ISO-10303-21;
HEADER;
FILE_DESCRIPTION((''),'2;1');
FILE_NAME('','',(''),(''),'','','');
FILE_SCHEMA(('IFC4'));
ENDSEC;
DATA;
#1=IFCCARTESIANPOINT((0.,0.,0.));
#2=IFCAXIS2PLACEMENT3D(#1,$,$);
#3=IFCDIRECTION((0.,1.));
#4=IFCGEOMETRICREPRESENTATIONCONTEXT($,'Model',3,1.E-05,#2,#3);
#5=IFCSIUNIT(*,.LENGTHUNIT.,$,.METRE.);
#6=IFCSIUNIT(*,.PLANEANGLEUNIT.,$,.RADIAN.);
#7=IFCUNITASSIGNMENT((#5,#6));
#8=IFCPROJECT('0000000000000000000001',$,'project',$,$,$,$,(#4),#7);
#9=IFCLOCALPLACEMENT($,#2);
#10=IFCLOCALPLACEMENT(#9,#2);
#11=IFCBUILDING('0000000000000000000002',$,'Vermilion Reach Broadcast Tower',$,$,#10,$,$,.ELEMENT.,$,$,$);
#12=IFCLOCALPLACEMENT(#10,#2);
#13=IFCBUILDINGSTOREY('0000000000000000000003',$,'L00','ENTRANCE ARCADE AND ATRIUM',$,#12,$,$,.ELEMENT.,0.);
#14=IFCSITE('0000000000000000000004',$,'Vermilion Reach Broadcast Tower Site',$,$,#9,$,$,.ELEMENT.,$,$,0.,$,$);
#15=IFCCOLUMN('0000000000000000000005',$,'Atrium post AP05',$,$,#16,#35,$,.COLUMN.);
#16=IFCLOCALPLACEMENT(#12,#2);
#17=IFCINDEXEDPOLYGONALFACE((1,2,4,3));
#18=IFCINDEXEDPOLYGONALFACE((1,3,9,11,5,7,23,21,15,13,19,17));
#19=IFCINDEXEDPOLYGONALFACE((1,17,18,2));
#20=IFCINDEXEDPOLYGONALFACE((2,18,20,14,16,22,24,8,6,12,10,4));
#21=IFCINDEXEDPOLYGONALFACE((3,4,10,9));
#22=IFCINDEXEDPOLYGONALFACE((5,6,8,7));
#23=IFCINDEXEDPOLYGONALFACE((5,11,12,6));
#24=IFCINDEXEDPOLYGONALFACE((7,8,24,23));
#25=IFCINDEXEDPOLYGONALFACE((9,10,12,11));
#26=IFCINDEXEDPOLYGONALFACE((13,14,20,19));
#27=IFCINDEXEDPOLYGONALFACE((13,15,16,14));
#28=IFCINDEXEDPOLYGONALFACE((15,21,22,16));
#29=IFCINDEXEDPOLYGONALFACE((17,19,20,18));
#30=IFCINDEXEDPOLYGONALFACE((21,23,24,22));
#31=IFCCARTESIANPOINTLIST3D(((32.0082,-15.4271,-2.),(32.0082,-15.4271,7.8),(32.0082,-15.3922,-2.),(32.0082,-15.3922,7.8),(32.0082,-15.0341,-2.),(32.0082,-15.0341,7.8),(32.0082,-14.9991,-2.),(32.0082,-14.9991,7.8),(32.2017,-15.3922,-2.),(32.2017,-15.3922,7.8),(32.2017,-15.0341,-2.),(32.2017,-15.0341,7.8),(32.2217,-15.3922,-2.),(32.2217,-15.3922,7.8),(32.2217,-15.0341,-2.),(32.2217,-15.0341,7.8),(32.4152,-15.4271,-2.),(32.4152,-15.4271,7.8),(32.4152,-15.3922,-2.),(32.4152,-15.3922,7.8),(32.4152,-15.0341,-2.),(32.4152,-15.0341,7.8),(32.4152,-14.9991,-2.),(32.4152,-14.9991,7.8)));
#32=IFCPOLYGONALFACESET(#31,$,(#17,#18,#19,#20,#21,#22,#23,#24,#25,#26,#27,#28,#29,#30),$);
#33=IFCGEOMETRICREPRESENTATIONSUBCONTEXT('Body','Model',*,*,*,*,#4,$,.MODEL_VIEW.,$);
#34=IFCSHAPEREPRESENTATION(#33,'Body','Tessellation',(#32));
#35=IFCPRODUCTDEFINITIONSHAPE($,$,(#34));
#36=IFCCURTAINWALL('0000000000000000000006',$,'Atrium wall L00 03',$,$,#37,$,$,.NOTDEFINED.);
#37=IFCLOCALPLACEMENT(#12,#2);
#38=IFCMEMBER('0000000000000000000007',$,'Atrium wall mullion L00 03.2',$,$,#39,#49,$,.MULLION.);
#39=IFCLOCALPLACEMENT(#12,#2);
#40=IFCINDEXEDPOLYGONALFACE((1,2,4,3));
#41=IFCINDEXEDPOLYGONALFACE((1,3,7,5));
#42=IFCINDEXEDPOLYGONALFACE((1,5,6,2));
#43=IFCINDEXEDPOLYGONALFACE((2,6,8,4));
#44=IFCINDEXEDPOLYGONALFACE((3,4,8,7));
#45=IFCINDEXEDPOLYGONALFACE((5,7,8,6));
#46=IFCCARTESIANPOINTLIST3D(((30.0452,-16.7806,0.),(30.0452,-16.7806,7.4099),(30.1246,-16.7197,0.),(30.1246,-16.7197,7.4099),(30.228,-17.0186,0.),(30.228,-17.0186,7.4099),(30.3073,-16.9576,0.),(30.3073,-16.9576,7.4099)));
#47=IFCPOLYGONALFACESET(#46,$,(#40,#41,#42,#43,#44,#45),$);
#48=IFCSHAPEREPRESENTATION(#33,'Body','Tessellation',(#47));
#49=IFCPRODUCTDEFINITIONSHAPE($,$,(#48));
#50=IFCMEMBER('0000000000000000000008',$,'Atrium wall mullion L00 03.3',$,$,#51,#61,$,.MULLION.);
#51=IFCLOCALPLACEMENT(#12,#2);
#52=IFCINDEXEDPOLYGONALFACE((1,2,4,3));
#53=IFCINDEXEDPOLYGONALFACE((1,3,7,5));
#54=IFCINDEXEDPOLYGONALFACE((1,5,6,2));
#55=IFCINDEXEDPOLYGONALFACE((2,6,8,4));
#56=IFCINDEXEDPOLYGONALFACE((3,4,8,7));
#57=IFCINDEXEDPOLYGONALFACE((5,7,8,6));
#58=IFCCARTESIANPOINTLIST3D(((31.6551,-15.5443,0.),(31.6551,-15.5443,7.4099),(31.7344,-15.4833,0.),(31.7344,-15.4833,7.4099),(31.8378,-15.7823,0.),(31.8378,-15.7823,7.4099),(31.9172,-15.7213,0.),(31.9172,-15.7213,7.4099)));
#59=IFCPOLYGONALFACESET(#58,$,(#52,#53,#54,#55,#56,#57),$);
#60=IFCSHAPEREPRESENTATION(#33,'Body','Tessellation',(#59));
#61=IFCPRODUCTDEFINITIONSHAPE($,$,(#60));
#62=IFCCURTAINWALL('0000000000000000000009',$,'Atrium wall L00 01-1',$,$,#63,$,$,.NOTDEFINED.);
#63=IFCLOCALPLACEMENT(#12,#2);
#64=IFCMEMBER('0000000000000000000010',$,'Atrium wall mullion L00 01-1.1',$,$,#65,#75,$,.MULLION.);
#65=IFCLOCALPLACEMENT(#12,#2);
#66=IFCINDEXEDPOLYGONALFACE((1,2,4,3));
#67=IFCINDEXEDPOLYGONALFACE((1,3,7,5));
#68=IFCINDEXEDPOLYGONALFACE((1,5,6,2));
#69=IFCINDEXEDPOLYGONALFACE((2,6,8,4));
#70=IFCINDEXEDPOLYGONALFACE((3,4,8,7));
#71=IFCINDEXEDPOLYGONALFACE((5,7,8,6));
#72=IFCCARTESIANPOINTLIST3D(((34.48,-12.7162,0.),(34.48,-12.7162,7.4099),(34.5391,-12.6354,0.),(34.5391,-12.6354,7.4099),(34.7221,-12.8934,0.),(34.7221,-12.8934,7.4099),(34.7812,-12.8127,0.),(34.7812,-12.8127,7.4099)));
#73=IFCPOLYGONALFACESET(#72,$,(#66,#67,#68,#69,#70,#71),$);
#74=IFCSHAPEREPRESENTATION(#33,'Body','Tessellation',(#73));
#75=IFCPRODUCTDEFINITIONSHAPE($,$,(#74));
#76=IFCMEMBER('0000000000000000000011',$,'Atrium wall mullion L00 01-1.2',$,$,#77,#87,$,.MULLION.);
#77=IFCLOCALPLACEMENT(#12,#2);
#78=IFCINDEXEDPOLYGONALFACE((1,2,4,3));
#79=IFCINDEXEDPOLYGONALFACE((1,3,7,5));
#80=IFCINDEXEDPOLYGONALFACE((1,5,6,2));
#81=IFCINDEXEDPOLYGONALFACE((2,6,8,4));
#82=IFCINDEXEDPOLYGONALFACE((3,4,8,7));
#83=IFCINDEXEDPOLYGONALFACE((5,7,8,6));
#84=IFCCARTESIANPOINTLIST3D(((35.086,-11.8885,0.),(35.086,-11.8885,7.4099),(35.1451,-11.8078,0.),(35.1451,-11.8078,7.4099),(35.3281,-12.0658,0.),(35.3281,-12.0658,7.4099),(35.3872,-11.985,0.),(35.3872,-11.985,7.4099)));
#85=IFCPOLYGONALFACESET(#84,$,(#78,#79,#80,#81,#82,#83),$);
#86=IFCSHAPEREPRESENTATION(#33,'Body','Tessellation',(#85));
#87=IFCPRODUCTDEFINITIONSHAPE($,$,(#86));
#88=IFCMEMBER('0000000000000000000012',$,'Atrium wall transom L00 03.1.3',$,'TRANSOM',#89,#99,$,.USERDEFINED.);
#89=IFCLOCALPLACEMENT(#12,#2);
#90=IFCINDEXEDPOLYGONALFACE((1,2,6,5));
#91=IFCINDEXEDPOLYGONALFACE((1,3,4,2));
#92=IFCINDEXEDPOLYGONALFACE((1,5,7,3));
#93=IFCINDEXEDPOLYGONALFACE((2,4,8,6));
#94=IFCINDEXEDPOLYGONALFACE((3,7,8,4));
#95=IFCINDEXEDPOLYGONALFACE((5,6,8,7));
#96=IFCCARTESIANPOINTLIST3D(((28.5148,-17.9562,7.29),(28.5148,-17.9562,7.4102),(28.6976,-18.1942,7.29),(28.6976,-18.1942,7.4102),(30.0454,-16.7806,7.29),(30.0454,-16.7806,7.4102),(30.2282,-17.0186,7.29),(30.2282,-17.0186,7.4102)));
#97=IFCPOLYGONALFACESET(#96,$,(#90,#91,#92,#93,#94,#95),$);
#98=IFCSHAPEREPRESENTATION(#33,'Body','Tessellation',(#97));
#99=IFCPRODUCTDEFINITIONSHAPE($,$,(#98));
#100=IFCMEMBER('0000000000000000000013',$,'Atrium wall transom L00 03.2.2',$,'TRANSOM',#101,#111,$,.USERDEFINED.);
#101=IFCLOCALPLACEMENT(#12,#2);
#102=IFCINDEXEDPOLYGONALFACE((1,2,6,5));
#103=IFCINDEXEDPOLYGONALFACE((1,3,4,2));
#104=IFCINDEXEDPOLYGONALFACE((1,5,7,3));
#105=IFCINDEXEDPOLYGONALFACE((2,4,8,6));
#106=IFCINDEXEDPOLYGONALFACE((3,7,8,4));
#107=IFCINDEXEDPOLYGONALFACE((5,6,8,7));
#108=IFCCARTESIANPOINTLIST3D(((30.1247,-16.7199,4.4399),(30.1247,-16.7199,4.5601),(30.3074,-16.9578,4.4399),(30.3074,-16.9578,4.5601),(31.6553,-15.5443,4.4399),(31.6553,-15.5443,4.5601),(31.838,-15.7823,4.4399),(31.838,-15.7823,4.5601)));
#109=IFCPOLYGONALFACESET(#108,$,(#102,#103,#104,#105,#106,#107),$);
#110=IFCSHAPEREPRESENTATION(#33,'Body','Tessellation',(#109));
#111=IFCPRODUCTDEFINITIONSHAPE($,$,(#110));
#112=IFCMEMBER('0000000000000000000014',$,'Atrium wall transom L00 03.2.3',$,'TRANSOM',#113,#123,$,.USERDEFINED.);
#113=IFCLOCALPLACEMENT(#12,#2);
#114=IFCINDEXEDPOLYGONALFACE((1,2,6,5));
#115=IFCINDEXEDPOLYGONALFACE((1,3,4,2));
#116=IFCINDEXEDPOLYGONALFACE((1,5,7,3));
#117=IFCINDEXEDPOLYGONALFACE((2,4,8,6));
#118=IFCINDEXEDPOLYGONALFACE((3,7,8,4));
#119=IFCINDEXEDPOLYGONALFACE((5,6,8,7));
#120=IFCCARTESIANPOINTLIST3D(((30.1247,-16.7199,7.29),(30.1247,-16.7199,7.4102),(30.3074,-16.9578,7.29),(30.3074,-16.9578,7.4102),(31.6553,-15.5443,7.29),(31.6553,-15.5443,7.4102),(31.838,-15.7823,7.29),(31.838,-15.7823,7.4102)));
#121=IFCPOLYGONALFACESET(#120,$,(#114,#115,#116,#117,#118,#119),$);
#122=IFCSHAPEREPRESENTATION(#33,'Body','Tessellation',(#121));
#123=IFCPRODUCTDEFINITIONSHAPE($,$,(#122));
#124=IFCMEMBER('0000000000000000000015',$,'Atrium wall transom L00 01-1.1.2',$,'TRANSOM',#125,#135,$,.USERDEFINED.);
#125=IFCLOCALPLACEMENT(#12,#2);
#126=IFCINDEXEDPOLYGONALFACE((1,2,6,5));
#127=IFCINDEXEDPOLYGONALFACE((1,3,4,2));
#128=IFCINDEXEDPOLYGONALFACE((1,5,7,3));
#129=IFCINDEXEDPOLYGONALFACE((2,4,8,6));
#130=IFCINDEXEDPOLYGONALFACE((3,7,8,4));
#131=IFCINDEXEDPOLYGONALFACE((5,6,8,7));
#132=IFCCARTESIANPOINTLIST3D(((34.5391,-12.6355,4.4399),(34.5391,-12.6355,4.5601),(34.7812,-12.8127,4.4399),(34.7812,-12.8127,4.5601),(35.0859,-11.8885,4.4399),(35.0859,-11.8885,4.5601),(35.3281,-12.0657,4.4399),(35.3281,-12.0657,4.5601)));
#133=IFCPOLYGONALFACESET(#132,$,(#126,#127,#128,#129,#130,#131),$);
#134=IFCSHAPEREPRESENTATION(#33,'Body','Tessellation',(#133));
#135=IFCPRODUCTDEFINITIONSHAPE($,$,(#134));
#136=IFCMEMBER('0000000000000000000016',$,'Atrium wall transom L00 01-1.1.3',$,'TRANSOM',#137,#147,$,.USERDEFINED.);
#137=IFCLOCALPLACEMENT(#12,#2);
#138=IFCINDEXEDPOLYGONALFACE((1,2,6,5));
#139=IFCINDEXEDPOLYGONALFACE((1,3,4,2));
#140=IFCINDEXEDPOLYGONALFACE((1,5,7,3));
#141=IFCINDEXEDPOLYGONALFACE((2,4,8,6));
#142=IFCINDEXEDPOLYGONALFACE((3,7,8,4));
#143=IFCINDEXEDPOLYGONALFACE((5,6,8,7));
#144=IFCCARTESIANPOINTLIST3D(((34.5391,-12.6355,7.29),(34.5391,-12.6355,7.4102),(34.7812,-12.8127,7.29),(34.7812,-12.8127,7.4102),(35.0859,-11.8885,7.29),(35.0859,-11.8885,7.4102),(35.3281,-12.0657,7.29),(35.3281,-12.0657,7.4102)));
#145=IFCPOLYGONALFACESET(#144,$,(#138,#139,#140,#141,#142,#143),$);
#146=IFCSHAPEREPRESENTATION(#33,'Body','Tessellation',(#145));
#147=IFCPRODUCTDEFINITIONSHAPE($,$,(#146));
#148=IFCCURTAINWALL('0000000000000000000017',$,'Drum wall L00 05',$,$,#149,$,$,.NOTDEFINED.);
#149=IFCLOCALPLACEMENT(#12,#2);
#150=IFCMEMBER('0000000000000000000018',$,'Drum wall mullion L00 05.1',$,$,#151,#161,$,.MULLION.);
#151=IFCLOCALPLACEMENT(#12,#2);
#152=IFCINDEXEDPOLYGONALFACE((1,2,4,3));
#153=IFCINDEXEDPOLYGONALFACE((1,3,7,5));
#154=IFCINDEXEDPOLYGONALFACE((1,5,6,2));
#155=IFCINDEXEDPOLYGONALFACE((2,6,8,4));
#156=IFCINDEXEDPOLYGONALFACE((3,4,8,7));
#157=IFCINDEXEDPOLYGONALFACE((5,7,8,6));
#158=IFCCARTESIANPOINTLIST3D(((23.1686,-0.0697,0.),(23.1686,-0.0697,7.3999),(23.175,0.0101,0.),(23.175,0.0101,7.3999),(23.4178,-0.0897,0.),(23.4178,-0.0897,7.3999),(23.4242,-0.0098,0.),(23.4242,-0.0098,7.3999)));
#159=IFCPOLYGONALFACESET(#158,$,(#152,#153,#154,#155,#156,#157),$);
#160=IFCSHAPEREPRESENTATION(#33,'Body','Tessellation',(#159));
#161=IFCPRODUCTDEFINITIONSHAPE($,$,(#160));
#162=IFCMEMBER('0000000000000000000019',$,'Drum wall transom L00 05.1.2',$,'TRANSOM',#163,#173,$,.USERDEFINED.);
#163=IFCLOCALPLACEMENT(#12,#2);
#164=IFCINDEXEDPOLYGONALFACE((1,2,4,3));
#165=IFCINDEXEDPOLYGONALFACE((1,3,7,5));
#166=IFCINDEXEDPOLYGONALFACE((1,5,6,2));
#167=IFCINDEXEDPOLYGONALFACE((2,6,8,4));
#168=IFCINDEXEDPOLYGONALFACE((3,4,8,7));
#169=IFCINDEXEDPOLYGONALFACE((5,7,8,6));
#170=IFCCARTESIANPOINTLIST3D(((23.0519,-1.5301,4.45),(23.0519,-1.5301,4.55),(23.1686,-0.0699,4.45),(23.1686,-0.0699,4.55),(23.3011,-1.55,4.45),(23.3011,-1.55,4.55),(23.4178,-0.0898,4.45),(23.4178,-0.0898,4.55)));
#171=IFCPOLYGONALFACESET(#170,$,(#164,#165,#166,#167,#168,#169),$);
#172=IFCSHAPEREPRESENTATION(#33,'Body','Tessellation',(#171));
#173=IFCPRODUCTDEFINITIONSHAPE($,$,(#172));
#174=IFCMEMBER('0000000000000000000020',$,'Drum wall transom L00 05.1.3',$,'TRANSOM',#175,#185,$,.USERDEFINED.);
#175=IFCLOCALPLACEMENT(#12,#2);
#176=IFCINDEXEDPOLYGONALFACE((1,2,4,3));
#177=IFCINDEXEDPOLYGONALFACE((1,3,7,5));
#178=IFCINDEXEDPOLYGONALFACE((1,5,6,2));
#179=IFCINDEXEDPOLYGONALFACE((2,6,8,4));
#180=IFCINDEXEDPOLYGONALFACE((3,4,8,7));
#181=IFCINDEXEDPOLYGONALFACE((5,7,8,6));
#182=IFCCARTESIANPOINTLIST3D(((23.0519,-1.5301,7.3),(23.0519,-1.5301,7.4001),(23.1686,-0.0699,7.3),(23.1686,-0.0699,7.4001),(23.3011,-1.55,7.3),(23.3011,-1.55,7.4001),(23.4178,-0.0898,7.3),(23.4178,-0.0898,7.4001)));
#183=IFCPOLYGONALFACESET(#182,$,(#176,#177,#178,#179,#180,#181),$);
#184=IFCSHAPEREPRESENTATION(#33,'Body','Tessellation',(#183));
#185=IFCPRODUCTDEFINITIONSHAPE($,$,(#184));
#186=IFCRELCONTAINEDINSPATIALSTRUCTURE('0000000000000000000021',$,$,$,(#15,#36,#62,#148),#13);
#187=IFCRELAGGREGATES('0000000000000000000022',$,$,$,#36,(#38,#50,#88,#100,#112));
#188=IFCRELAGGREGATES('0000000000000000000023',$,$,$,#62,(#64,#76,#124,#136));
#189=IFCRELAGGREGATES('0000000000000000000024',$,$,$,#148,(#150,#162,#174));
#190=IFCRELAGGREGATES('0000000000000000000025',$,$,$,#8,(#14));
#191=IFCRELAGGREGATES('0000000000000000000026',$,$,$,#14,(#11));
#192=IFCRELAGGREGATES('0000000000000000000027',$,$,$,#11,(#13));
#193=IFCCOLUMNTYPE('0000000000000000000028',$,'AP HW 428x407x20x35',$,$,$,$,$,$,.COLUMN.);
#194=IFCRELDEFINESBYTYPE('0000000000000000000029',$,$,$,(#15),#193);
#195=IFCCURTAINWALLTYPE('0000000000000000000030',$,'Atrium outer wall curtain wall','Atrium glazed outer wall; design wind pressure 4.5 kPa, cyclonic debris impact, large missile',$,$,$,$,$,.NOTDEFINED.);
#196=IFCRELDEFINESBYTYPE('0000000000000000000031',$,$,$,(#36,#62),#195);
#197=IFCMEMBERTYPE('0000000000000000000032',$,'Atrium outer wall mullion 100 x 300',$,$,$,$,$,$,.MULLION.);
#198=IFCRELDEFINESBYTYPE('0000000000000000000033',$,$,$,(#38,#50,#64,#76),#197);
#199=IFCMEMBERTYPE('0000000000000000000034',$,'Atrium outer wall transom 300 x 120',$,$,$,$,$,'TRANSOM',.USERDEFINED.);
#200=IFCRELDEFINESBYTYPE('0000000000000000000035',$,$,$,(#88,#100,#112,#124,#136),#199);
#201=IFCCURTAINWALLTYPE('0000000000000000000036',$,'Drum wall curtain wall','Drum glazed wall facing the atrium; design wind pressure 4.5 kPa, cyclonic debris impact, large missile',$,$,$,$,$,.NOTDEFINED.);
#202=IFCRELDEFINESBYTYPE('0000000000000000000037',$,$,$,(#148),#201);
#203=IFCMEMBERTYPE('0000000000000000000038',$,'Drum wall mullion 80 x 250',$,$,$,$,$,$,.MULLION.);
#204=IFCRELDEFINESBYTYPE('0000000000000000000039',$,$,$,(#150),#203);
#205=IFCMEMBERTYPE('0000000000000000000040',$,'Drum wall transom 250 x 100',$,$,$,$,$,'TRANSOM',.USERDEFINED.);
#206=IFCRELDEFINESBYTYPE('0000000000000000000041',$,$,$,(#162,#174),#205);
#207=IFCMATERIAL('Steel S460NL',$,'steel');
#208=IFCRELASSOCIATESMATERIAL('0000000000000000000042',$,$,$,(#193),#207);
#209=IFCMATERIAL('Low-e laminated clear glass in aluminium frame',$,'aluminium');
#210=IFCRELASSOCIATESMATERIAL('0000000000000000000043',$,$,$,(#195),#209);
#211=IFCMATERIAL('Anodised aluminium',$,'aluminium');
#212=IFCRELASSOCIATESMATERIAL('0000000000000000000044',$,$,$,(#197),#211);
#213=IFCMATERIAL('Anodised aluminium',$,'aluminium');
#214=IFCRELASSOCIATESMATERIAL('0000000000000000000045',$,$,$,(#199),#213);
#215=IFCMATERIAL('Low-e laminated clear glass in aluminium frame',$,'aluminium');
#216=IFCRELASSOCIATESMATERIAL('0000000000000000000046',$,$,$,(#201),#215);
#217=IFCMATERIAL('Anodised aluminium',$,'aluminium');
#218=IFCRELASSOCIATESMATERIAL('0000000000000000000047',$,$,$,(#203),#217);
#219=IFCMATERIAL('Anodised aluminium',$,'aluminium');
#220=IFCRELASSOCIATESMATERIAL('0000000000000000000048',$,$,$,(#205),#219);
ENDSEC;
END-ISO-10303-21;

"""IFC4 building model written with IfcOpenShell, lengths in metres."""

from ifc_helpers import new_model, si_unit, direction, frame, origin, origin_2d, place, context, subcontext, project, spatial, rectangle, i_section, extrude, material, material_profile, profile_set, type_object, element, aggregate, save


model = new_model("IFC4")

# Units and contexts
model_context = context("Model", 3, precision=1e-05, world=origin(), true_north=direction((0.0, 1.0)))
body_context = subcontext(model_context, "Body", "Model", "MODEL_VIEW")
ifc_project = project(units=[si_unit("LENGTHUNIT", "METRE"), si_unit("PLANEANGLEUNIT", "RADIAN")], contexts=[model_context])

# Site, building, storey
site_placement = place(None, origin())
site = spatial("IfcSite", under=ifc_project, at=site_placement, Name="Vermilion Reach Broadcast Tower Site", CompositionType="ELEMENT", RefElevation=0.0)
building_placement = place(site_placement, origin())
building = spatial("IfcBuilding", under=site, at=building_placement, Name="Vermilion Reach Broadcast Tower", CompositionType="ELEMENT")
storey_placement = place(building_placement, origin())
storey = spatial("IfcBuildingStorey", under=building, at=storey_placement, Name="L00", Description="ENTRANCE ARCADE AND ATRIUM", CompositionType="ELEMENT", Elevation=0.0)

# Column
ifc_material_1 = material(Name="Steel S460NL", Category="steel")
ifc_material_profile_1 = material_profile(ifc_material_1, i_section(OverallWidth=0.407, OverallDepth=0.428, WebThickness=0.02, FlangeThickness=0.0349, at=origin_2d()), Name="S460NL HW 428x407x20x35")
ifc_profile_set_1 = profile_set([ifc_material_profile_1], Name="Steel S460NL")
column_type = type_object("IfcColumnType", Name="AP HW 428x407x20x35", PredefinedType="COLUMN", material=ifc_profile_set_1)
column_placement = place(storey_placement, frame((32.2117, -15.2131, -2.0), z_axis=(0.0, 0.0, 1.0), x_axis=(1.0, 0.0, 0.0)))
element("IfcColumn", 1, at=column_placement, inside=storey, type_object=column_type, Name="Atrium post AP05", PredefinedType="COLUMN", context=body_context, shape_type="SweptSolid", body=[
    extrude(i_section(OverallWidth=0.407, OverallDepth=0.428, WebThickness=0.02, FlangeThickness=0.0349, at=origin_2d()), origin(), (0.0, 0.0, 1.0), 9.8),
])

# Curtain walls, members
ifc_material_2 = material(Name="Low-e laminated clear glass in aluminium frame", Category="aluminium")
curtain_wall_type_1 = type_object("IfcCurtainWallType", Name="Atrium outer wall curtain wall", Description="Atrium glazed outer wall; design wind pressure 4.5 kPa, cyclonic debris impact, large missile", PredefinedType="NOTDEFINED", material=ifc_material_2)
placement = place(storey_placement, origin())
curtain_wall_1 = element("IfcCurtainWall", 2, at=placement, inside=storey, type_object=curtain_wall_type_1, Name="Atrium wall L00 03", PredefinedType="NOTDEFINED")
ifc_material_3 = material(Name="Anodised aluminium", Category="aluminium")
ifc_material_profile_2 = material_profile(ifc_material_3, rectangle(XDim=0.3, YDim=0.1001, at=origin_2d()), Name="Atrium outer wall mullion 100 x 300")
ifc_profile_set_2 = profile_set([ifc_material_profile_2], Name="Anodised aluminium")
member_type_1 = type_object("IfcMemberType", Name="Atrium outer wall mullion 100 x 300", PredefinedType="MULLION", material=ifc_profile_set_2)
member_1_placement = place(storey_placement, frame((30.1763, -16.8691, 0.0), z_axis=(0.0, 0.0, 1.0), x_axis=(-0.609114, 0.793083, 0.0)))
member_1 = element("IfcMember", 3, at=member_1_placement, type_object=member_type_1, Name="Atrium wall mullion L00 03.2", PredefinedType="MULLION", context=body_context, shape_type="SweptSolid", body=[
    extrude(rectangle(XDim=0.3, YDim=0.1001, at=origin_2d()), origin(), (0.0, 0.0, 1.0), 7.4099),
])
member_2_placement = place(storey_placement, frame((31.7861, -15.6328, 0.0), z_axis=(0.0, 0.0, 1.0), x_axis=(-0.609114, 0.793083, 0.0)))
member_2 = element("IfcMember", 4, at=member_2_placement, type_object=member_type_1, Name="Atrium wall mullion L00 03.3", PredefinedType="MULLION", context=body_context, shape_type="SweptSolid", body=[
    extrude(rectangle(XDim=0.3, YDim=0.1001, at=origin_2d()), origin(), (0.0, 0.0, 1.0), 7.4099),
])
curtain_wall_2 = element("IfcCurtainWall", 5, at=placement, inside=storey, type_object=curtain_wall_type_1, Name="Atrium wall L00 01-1", PredefinedType="NOTDEFINED")
member_3_placement = place(storey_placement, frame((34.6306, -12.7644, 0.0), z_axis=(0.0, 0.0, 1.0), x_axis=(-0.806847, 0.59076, 0.0)))
member_3 = element("IfcMember", 6, at=member_3_placement, type_object=member_type_1, Name="Atrium wall mullion L00 01-1.1", PredefinedType="MULLION", context=body_context, shape_type="SweptSolid", body=[
    extrude(rectangle(XDim=0.3, YDim=0.1001, at=origin_2d()), origin(), (0.0, 0.0, 1.0), 7.4099),
])
member_4_placement = place(storey_placement, frame((35.2366, -11.9368, 0.0), z_axis=(0.0, 0.0, 1.0), x_axis=(-0.806847, 0.59076, 0.0)))
member_4 = element("IfcMember", 7, at=member_4_placement, type_object=member_type_1, Name="Atrium wall mullion L00 01-1.2", PredefinedType="MULLION", context=body_context, shape_type="SweptSolid", body=[
    extrude(rectangle(XDim=0.3, YDim=0.1001, at=origin_2d()), origin(), (0.0, 0.0, 1.0), 7.4099),
])

# Members
ifc_material_4 = material(Name="Anodised aluminium", Category="aluminium")
ifc_material_profile_3 = material_profile(ifc_material_4, rectangle(XDim=0.3, YDim=0.1201, at=origin_2d()), Name="Atrium outer wall transom 300 x 120")
ifc_profile_set_3 = profile_set([ifc_material_profile_3], Name="Anodised aluminium")
member_type_2 = type_object("IfcMemberType", Name="Atrium outer wall transom 300 x 120", ElementType="TRANSOM", PredefinedType="USERDEFINED", material=ifc_profile_set_3)
member_5_placement = place(storey_placement, frame((28.6062, -18.0752, 7.3501), z_axis=(0.793071, 0.60913, 0.0), x_axis=(-0.60913, 0.793071, 0.0)))
member_5 = element("IfcMember", 8, at=member_5_placement, type_object=member_type_2, Name="Atrium wall transom L00 03.1.3", ObjectType="TRANSOM", PredefinedType="USERDEFINED", context=body_context, shape_type="SweptSolid", body=[
    extrude(rectangle(XDim=0.3, YDim=0.1201, at=origin_2d()), origin(), (0.0, 0.0, 1.0), 1.9299),
])
member_6_placement = place(storey_placement, frame((30.2161, -16.8389, 4.5), z_axis=(0.793071, 0.60913, 0.0), x_axis=(-0.60913, 0.793071, 0.0)))
member_6 = element("IfcMember", 9, at=member_6_placement, type_object=member_type_2, Name="Atrium wall transom L00 03.2.2", ObjectType="TRANSOM", PredefinedType="USERDEFINED", context=body_context, shape_type="SweptSolid", body=[
    extrude(rectangle(XDim=0.3, YDim=0.1201, at=origin_2d()), origin(), (0.0, 0.0, 1.0), 1.9299),
])
member_7_placement = place(storey_placement, frame((30.2161, -16.8389, 7.3501), z_axis=(0.793071, 0.60913, 0.0), x_axis=(-0.60913, 0.793071, 0.0)))
member_7 = element("IfcMember", 10, at=member_7_placement, type_object=member_type_2, Name="Atrium wall transom L00 03.2.3", ObjectType="TRANSOM", PredefinedType="USERDEFINED", context=body_context, shape_type="SweptSolid", body=[
    extrude(rectangle(XDim=0.3, YDim=0.1201, at=origin_2d()), origin(), (0.0, 0.0, 1.0), 1.9299),
])
member_8_placement = place(storey_placement, frame((34.6602, -12.7241, 4.5), z_axis=(0.590678, 0.806908, 0.0), x_axis=(-0.806908, 0.590678, 0.0)))
member_8 = element("IfcMember", 11, at=member_8_placement, type_object=member_type_2, Name="Atrium wall transom L00 01-1.1.2", ObjectType="TRANSOM", PredefinedType="USERDEFINED", context=body_context, shape_type="SweptSolid", body=[
    extrude(rectangle(XDim=0.3, YDim=0.1201, at=origin_2d()), origin(), (0.0, 0.0, 1.0), 0.9258),
])
member_9_placement = place(storey_placement, frame((34.6602, -12.7241, 7.3501), z_axis=(0.590678, 0.806908, 0.0), x_axis=(-0.806908, 0.590678, 0.0)))
member_9 = element("IfcMember", 12, at=member_9_placement, type_object=member_type_2, Name="Atrium wall transom L00 01-1.1.3", ObjectType="TRANSOM", PredefinedType="USERDEFINED", context=body_context, shape_type="SweptSolid", body=[
    extrude(rectangle(XDim=0.3, YDim=0.1201, at=origin_2d()), origin(), (0.0, 0.0, 1.0), 0.9258),
])

# Curtain wall, members
ifc_material_5 = material(Name="Low-e laminated clear glass in aluminium frame", Category="aluminium")
curtain_wall_type_2 = type_object("IfcCurtainWallType", Name="Drum wall curtain wall", Description="Drum glazed wall facing the atrium; design wind pressure 4.5 kPa, cyclonic debris impact, large missile", PredefinedType="NOTDEFINED", material=ifc_material_5)
curtain_wall_3 = element("IfcCurtainWall", 13, at=placement, inside=storey, type_object=curtain_wall_type_2, Name="Drum wall L00 05", PredefinedType="NOTDEFINED")
ifc_material_6 = material(Name="Anodised aluminium", Category="aluminium")
ifc_material_profile_4 = material_profile(ifc_material_6, rectangle(XDim=0.25, YDim=0.0801, at=origin_2d()), Name="Drum wall mullion 80 x 250")
ifc_profile_set_4 = profile_set([ifc_material_profile_4], Name="Anodised aluminium")
member_type_3 = type_object("IfcMemberType", Name="Drum wall mullion 80 x 250", PredefinedType="MULLION", material=ifc_profile_set_4)
member_10_placement = place(storey_placement, frame((23.2964, -0.0398, 0.0), z_axis=(0.0, 0.0, 1.0), x_axis=(0.996817, -0.079726, 0.0)))
member_10 = element("IfcMember", 14, at=member_10_placement, type_object=member_type_3, Name="Drum wall mullion L00 05.1", PredefinedType="MULLION", context=body_context, shape_type="SweptSolid", body=[
    extrude(rectangle(XDim=0.25, YDim=0.0801, at=origin_2d()), origin(), (0.0, 0.0, 1.0), 7.3999),
])
ifc_material_7 = material(Name="Anodised aluminium", Category="aluminium")
ifc_material_profile_5 = material_profile(ifc_material_7, rectangle(XDim=0.25, YDim=0.1001, at=origin_2d()), Name="Drum wall transom 250 x 100")
ifc_profile_set_5 = profile_set([ifc_material_profile_5], Name="Anodised aluminium")
member_type_4 = type_object("IfcMemberType", Name="Drum wall transom 250 x 100", ElementType="TRANSOM", PredefinedType="USERDEFINED", material=ifc_profile_set_5)
member_11_placement = place(storey_placement, frame((23.2932, -0.0798, 4.5), z_axis=(-0.079666, -0.996822, 0.0), x_axis=(0.996822, -0.079666, 0.0)))
member_11 = element("IfcMember", 15, at=member_11_placement, type_object=member_type_4, Name="Drum wall transom L00 05.1.2", ObjectType="TRANSOM", PredefinedType="USERDEFINED", context=body_context, shape_type="SweptSolid", body=[
    extrude(rectangle(XDim=0.25, YDim=0.1001, at=origin_2d()), origin(), (0.0, 0.0, 1.0), 1.4648),
])
member_12_placement = place(storey_placement, frame((23.2932, -0.0798, 7.3501), z_axis=(-0.079666, -0.996822, 0.0), x_axis=(0.996822, -0.079666, 0.0)))
member_12 = element("IfcMember", 16, at=member_12_placement, type_object=member_type_4, Name="Drum wall transom L00 05.1.3", ObjectType="TRANSOM", PredefinedType="USERDEFINED", context=body_context, shape_type="SweptSolid", body=[
    extrude(rectangle(XDim=0.25, YDim=0.1001, at=origin_2d()), origin(), (0.0, 0.0, 1.0), 1.4648),
])

aggregate(curtain_wall_1, [member_1, member_2, member_5, member_6, member_7])
aggregate(curtain_wall_2, [member_3, member_4, member_8, member_9])
aggregate(curtain_wall_3, [member_10, member_11, member_12])

save(model, "model.ifc")
